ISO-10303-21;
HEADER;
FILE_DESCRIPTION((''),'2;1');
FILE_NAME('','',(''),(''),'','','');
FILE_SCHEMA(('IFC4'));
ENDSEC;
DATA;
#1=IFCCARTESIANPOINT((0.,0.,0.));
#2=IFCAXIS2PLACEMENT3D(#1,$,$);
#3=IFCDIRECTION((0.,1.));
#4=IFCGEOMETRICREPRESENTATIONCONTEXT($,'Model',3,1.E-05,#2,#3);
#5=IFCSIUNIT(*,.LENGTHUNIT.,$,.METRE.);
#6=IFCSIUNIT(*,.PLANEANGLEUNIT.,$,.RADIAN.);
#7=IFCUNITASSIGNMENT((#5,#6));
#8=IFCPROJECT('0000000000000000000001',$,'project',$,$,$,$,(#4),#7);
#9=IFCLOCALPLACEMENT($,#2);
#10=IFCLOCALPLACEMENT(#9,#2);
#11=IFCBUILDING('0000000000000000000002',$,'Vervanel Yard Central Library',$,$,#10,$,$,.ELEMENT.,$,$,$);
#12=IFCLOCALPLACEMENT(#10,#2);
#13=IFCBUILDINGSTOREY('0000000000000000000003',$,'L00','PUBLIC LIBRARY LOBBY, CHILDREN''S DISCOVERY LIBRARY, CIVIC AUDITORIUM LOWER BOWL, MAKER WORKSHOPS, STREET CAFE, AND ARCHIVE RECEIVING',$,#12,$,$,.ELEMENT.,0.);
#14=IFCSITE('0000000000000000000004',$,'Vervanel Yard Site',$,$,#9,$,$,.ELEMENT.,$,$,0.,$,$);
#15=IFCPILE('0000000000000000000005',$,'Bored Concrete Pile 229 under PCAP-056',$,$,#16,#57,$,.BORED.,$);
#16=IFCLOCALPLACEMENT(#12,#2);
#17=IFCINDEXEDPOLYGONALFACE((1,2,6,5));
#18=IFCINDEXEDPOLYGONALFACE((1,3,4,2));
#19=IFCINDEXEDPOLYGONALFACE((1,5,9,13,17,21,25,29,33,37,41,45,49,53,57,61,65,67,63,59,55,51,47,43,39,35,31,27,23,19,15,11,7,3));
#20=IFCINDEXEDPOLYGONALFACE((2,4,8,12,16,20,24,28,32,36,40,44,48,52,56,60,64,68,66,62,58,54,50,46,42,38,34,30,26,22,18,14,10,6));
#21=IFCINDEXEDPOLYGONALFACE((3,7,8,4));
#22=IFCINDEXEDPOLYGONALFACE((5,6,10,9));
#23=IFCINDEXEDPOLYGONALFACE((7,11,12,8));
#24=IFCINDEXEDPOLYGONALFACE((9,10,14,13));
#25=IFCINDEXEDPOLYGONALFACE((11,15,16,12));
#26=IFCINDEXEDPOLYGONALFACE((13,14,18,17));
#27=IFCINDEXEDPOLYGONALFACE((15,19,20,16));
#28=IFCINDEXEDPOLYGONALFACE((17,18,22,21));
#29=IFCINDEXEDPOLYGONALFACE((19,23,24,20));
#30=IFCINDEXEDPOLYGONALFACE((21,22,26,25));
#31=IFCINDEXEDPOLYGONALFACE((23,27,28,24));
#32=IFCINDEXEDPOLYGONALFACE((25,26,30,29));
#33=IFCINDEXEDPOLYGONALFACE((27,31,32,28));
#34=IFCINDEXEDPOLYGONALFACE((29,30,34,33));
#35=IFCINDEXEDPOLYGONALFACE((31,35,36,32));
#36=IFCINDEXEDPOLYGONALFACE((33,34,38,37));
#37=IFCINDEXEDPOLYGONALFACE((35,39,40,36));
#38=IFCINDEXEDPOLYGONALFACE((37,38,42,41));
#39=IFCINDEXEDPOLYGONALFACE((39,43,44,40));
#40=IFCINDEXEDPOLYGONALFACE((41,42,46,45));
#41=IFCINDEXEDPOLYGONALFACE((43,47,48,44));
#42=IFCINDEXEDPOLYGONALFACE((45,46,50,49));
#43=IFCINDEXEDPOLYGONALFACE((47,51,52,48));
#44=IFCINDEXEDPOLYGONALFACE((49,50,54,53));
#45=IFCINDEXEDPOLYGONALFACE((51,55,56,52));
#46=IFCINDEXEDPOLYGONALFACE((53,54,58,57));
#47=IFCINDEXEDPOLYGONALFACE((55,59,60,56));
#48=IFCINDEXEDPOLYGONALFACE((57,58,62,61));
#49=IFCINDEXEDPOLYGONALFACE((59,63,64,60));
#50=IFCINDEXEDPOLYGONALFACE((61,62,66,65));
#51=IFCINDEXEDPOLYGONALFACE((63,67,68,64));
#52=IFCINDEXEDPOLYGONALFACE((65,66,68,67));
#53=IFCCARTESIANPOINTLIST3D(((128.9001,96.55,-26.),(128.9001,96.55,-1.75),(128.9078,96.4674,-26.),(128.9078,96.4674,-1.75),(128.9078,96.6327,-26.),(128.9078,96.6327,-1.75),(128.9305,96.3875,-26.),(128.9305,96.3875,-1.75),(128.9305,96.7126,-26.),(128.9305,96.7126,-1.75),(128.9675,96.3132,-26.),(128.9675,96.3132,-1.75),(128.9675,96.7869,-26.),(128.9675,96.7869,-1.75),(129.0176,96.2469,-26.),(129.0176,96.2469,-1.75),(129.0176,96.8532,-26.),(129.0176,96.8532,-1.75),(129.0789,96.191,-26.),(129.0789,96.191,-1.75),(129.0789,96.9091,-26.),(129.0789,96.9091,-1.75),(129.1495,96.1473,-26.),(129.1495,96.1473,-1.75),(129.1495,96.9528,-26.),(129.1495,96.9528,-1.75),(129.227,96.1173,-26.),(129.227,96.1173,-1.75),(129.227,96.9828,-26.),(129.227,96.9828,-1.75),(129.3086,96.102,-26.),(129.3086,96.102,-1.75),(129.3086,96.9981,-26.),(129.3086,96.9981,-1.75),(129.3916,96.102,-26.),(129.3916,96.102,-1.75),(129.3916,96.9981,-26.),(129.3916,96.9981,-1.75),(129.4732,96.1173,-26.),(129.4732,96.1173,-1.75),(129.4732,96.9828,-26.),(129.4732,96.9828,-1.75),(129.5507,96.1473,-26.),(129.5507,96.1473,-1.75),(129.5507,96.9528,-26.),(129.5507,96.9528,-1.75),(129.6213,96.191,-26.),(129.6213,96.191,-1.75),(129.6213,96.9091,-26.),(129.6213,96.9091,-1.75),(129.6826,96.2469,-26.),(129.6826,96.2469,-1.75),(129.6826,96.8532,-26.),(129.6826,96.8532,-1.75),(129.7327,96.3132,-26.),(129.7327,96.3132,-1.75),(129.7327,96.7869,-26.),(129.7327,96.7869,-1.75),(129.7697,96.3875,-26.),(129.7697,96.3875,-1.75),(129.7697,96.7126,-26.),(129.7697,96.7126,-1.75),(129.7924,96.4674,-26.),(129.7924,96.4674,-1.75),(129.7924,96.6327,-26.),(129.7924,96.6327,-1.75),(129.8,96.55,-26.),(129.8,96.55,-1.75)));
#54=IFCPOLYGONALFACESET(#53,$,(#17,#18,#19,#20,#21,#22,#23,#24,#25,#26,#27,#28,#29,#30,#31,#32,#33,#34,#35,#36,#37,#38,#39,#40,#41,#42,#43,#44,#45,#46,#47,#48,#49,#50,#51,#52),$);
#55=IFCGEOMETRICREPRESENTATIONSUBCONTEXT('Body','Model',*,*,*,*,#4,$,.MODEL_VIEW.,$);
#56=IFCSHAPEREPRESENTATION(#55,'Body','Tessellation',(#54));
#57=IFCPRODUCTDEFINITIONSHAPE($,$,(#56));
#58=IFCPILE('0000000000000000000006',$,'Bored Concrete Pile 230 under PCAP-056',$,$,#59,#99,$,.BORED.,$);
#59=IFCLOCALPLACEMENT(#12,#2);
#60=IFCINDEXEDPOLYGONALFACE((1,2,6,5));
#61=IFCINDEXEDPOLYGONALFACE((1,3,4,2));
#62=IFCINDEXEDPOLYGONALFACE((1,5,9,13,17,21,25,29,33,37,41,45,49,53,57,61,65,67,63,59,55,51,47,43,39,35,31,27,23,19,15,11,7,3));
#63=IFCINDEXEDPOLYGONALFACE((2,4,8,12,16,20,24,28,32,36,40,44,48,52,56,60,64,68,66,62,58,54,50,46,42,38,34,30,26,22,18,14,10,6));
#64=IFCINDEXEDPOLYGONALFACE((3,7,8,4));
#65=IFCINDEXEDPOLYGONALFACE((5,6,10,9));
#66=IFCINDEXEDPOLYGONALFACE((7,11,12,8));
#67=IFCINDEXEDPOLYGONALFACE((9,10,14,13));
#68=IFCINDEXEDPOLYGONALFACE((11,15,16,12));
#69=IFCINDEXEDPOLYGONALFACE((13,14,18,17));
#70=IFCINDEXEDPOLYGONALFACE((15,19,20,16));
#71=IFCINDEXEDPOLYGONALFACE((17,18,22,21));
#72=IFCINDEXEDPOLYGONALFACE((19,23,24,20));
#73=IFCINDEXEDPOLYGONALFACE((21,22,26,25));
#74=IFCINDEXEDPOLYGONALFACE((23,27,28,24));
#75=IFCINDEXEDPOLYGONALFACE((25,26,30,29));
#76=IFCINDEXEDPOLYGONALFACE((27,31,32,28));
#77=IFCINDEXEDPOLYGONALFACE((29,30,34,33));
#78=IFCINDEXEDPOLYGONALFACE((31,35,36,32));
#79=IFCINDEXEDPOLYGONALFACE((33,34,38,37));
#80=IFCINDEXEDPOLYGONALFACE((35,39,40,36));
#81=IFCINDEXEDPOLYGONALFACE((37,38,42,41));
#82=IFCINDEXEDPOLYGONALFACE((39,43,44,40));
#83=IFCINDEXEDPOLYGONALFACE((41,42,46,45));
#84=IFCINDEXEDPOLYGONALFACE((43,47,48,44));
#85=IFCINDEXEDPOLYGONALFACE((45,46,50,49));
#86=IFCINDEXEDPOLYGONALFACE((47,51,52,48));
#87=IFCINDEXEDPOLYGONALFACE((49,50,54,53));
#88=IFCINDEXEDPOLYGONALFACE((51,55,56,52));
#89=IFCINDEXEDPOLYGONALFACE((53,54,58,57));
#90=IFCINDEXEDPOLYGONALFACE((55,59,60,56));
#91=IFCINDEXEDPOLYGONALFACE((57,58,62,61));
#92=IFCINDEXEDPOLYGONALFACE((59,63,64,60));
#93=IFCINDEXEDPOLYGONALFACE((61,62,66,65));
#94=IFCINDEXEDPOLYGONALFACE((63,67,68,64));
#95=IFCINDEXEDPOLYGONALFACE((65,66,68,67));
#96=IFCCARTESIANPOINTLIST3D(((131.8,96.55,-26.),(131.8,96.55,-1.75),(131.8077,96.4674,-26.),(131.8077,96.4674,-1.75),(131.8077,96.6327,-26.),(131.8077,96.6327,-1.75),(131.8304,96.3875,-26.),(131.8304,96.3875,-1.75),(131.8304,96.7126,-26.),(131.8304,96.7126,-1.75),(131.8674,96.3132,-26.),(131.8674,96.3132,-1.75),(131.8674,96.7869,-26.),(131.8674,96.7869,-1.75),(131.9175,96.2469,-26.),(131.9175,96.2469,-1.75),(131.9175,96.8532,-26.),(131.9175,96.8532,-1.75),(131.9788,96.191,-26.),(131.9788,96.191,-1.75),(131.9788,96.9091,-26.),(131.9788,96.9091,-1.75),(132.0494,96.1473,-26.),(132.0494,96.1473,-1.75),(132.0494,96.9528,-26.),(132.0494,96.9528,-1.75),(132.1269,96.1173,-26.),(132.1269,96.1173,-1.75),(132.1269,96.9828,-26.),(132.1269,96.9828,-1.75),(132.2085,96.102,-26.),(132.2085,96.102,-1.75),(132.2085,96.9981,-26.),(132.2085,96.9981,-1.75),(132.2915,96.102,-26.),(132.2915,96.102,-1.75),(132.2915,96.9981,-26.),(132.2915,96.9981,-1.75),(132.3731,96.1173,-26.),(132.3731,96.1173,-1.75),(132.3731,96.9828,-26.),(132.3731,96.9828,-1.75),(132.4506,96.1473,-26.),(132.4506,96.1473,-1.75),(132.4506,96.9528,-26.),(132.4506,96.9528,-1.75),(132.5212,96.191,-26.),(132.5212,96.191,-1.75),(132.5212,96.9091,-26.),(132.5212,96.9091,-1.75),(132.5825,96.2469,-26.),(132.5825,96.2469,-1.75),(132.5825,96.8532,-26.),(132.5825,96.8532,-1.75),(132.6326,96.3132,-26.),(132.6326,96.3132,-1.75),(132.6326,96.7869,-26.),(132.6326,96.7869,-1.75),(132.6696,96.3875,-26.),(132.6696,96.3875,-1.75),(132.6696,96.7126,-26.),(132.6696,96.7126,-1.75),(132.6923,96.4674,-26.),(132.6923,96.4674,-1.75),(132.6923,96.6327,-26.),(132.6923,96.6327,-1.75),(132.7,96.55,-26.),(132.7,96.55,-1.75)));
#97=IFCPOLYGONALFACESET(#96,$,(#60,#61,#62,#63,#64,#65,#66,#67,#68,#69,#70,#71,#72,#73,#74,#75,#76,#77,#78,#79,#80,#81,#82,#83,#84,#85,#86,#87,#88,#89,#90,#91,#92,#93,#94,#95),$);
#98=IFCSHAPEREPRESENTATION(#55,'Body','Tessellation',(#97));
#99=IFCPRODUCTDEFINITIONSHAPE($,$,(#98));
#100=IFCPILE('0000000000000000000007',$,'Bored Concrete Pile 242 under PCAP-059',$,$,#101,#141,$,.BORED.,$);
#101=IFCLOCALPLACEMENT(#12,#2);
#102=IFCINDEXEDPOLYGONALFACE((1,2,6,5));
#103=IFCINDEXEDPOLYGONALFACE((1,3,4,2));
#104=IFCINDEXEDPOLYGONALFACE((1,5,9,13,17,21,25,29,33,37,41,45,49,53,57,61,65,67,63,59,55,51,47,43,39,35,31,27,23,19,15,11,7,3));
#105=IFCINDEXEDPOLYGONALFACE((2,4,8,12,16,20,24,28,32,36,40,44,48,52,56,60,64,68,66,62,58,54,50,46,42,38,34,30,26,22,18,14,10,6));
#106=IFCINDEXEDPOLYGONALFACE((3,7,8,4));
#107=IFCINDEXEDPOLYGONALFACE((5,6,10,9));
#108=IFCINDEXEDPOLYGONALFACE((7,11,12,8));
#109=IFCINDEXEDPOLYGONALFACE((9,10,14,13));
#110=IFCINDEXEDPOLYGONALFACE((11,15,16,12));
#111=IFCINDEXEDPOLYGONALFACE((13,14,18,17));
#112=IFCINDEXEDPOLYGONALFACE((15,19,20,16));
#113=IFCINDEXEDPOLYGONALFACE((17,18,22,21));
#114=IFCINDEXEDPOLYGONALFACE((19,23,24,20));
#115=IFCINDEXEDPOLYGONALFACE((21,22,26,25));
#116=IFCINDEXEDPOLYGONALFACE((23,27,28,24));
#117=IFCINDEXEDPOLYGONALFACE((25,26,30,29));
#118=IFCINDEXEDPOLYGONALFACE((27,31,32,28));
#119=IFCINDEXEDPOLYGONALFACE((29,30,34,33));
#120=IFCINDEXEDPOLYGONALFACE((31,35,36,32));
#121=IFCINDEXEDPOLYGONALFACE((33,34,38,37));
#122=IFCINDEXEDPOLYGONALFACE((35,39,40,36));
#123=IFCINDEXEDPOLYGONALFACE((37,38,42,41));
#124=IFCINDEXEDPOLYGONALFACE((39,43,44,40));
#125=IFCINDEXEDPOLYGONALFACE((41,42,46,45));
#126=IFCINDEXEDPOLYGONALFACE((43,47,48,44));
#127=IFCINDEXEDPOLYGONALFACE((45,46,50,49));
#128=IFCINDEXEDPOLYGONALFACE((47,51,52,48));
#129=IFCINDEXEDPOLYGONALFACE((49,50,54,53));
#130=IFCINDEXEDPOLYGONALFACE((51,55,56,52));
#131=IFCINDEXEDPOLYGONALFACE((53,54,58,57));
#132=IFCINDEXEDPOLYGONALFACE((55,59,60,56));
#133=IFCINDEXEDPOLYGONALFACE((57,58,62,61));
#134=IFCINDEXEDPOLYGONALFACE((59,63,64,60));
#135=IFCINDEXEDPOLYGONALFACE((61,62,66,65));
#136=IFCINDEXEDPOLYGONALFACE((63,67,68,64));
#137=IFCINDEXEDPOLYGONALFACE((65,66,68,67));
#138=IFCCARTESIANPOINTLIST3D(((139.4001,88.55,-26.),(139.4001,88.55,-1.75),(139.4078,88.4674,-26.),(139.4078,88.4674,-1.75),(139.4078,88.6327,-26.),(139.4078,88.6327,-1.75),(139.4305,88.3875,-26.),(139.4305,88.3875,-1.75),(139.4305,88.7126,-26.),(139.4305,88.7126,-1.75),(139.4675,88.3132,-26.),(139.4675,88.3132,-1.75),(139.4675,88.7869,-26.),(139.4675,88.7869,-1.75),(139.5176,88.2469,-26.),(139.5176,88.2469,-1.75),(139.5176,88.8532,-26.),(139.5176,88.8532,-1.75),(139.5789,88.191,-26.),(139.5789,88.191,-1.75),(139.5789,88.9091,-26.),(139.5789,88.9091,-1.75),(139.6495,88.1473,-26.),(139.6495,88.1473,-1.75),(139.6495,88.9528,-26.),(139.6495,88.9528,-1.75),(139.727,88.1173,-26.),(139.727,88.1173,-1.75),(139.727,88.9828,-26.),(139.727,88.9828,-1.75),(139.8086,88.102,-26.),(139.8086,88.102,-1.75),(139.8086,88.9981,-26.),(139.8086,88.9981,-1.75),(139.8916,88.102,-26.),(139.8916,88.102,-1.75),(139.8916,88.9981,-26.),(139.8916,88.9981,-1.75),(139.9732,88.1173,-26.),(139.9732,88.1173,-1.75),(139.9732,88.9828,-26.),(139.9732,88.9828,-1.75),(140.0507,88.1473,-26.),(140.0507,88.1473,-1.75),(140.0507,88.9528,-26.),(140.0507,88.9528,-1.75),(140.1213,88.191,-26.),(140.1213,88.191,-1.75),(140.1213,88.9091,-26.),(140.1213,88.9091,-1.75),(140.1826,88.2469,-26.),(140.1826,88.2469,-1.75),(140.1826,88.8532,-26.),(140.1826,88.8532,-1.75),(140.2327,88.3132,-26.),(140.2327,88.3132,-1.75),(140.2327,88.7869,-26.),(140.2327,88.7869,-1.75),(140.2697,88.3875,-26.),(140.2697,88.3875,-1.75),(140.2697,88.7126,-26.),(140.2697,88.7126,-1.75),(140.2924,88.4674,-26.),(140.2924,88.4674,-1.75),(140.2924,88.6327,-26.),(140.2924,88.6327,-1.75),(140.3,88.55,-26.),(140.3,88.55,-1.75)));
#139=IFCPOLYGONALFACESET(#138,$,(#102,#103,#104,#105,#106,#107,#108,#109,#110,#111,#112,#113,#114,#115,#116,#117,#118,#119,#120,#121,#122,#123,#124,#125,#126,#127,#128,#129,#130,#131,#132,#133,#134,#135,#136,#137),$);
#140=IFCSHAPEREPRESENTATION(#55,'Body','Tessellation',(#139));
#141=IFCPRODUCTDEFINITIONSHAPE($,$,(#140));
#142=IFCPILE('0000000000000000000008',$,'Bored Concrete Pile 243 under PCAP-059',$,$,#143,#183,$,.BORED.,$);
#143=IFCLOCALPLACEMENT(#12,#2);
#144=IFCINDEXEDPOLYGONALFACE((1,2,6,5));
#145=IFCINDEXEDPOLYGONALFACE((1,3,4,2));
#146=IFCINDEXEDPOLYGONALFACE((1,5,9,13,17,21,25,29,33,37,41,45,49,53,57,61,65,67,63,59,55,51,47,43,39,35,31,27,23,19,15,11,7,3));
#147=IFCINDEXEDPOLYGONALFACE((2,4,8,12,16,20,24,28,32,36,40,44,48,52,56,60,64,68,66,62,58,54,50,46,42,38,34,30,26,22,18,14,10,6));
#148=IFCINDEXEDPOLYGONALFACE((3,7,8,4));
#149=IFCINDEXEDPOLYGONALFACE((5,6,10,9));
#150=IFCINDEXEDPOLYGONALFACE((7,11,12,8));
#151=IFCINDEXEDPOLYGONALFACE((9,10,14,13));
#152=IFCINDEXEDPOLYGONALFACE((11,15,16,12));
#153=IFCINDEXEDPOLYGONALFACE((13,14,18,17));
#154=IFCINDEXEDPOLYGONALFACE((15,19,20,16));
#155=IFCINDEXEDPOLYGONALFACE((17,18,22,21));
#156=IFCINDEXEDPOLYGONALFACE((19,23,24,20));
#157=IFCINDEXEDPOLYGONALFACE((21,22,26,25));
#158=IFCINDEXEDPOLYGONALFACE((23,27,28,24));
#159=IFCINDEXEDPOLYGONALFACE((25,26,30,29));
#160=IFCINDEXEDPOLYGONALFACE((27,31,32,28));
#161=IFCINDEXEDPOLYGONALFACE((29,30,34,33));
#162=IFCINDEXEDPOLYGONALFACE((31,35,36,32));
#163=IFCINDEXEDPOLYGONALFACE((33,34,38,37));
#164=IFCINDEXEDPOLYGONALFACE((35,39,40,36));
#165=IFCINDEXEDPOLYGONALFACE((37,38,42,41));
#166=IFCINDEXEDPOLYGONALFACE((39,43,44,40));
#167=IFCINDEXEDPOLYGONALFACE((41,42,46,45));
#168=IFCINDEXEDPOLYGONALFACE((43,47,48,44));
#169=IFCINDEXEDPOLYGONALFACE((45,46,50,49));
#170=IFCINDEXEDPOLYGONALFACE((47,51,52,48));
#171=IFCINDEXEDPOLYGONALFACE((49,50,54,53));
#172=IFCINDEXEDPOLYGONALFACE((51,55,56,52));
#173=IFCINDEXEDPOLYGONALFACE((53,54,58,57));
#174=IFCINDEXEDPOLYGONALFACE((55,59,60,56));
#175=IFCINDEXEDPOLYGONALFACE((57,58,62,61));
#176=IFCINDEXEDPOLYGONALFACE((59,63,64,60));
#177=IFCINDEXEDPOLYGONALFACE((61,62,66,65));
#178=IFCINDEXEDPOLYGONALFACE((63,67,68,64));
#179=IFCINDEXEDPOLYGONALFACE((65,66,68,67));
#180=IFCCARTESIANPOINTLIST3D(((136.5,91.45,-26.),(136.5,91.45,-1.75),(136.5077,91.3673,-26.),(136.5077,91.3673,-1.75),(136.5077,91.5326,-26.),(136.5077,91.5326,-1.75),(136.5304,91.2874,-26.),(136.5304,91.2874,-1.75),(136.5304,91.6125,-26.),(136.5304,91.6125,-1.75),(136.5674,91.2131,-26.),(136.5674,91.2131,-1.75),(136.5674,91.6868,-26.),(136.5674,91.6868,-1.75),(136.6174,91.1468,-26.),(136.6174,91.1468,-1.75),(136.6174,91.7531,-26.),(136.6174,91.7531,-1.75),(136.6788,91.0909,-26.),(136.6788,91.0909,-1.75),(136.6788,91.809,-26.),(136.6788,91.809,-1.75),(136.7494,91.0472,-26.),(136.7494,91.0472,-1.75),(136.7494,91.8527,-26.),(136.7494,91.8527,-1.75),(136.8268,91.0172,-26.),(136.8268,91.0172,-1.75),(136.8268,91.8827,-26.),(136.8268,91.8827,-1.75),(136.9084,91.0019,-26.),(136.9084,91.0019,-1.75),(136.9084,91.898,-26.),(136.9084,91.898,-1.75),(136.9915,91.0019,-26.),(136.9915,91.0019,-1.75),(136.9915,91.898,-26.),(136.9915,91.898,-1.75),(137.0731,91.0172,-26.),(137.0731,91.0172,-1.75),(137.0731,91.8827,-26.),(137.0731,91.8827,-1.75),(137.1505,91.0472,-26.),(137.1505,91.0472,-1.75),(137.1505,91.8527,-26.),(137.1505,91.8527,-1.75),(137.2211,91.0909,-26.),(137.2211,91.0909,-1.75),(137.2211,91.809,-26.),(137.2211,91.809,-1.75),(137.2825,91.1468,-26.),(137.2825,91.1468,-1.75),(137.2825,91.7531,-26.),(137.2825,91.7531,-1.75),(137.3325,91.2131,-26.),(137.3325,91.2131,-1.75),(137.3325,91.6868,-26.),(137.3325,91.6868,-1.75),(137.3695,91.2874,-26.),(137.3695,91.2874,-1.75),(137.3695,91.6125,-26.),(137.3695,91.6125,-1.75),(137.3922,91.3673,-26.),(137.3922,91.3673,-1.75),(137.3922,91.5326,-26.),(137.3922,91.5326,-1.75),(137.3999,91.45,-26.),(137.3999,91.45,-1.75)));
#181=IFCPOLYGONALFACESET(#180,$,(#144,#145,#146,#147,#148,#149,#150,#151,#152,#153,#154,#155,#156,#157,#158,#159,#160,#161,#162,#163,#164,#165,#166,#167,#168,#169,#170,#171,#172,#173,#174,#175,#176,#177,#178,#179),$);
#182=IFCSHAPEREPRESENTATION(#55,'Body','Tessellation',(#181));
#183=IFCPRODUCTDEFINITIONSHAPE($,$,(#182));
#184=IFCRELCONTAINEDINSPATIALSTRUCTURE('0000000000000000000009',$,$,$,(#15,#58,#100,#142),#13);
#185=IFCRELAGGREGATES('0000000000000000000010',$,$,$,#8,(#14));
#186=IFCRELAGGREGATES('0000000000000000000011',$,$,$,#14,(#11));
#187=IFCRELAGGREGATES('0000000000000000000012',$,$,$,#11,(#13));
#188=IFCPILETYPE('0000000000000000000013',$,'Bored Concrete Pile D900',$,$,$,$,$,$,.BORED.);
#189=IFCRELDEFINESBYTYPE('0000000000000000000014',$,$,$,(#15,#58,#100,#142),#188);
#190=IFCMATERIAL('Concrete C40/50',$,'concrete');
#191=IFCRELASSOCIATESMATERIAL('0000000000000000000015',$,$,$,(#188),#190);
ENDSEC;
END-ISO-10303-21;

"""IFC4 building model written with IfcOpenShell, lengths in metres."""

from ifc_helpers import new_model, si_unit, direction, frame, origin, origin_2d, place, context, subcontext, project, spatial, circle, extrude, material, material_profile, profile_set, type_object, element, save


model = new_model("IFC4")

# Units and contexts
model_context = context("Model", 3, precision=1e-05, world=origin(), true_north=direction((0.0, 1.0)))
body_context = subcontext(model_context, "Body", "Model", "MODEL_VIEW")
ifc_project = project(units=[si_unit("LENGTHUNIT", "METRE"), si_unit("PLANEANGLEUNIT", "RADIAN")], contexts=[model_context])

# Site, building, storey
site_placement = place(None, origin())
site = spatial("IfcSite", under=ifc_project, at=site_placement, Name="Vervanel Yard Site", CompositionType="ELEMENT", RefElevation=0.0)
building_placement = place(site_placement, origin())
building = spatial("IfcBuilding", under=site, at=building_placement, Name="Vervanel Yard Central Library", CompositionType="ELEMENT")
storey_placement = place(building_placement, origin())
storey = spatial("IfcBuildingStorey", under=building, at=storey_placement, Name="L00", Description="PUBLIC LIBRARY LOBBY, CHILDREN'S DISCOVERY LIBRARY, CIVIC AUDITORIUM LOWER BOWL, MAKER WORKSHOPS, STREET CAFE, AND ARCHIVE RECEIVING", CompositionType="ELEMENT", Elevation=0.0)

# Piles
ifc_material_1 = material(Name="Concrete C40/50", Category="concrete")
ifc_material_profile_1 = material_profile(ifc_material_1, circle(Radius=0.45, at=origin_2d()), Name="BP D900", Category="concrete")
ifc_profile_set_1 = profile_set([ifc_material_profile_1], Name="Concrete C40/50")
pile_type = type_object("IfcPileType", Name="Bored Concrete Pile D900", PredefinedType="BORED", material=ifc_profile_set_1)
for number, where, z_axis, x_axis, name in (
    (1, (129.3501, 96.55, -1.75), (0.0, 0.0, -1.0), (1.0, 0.0, 0.0), "Bored Concrete Pile 229 under PCAP-056"),
    (2, (132.25, 96.55, -1.75), (0.0, 0.0, -1.0), (1.0, 0.0, 0.0), "Bored Concrete Pile 230 under PCAP-056"),
    (3, (139.8501, 88.55, -1.75), (0.0, 0.0, -1.0), (1.0, 0.0, 0.0), "Bored Concrete Pile 242 under PCAP-059"),
    (4, (136.95, 91.45, -1.75), (0.0, 0.0, -1.0), (1.0, 0.0, 0.0), "Bored Concrete Pile 243 under PCAP-059"),
):
    element("IfcPile", number, at=place(storey_placement, frame(where, z_axis=z_axis, x_axis=x_axis)), inside=storey, type_object=pile_type, Name=name, PredefinedType="BORED", context=body_context, shape_type="SweptSolid", body=[
        extrude(circle(Radius=0.45, at=origin_2d()), origin(), (0.0, 0.0, 1.0), 24.25),
    ])

save(model, "model.ifc")
